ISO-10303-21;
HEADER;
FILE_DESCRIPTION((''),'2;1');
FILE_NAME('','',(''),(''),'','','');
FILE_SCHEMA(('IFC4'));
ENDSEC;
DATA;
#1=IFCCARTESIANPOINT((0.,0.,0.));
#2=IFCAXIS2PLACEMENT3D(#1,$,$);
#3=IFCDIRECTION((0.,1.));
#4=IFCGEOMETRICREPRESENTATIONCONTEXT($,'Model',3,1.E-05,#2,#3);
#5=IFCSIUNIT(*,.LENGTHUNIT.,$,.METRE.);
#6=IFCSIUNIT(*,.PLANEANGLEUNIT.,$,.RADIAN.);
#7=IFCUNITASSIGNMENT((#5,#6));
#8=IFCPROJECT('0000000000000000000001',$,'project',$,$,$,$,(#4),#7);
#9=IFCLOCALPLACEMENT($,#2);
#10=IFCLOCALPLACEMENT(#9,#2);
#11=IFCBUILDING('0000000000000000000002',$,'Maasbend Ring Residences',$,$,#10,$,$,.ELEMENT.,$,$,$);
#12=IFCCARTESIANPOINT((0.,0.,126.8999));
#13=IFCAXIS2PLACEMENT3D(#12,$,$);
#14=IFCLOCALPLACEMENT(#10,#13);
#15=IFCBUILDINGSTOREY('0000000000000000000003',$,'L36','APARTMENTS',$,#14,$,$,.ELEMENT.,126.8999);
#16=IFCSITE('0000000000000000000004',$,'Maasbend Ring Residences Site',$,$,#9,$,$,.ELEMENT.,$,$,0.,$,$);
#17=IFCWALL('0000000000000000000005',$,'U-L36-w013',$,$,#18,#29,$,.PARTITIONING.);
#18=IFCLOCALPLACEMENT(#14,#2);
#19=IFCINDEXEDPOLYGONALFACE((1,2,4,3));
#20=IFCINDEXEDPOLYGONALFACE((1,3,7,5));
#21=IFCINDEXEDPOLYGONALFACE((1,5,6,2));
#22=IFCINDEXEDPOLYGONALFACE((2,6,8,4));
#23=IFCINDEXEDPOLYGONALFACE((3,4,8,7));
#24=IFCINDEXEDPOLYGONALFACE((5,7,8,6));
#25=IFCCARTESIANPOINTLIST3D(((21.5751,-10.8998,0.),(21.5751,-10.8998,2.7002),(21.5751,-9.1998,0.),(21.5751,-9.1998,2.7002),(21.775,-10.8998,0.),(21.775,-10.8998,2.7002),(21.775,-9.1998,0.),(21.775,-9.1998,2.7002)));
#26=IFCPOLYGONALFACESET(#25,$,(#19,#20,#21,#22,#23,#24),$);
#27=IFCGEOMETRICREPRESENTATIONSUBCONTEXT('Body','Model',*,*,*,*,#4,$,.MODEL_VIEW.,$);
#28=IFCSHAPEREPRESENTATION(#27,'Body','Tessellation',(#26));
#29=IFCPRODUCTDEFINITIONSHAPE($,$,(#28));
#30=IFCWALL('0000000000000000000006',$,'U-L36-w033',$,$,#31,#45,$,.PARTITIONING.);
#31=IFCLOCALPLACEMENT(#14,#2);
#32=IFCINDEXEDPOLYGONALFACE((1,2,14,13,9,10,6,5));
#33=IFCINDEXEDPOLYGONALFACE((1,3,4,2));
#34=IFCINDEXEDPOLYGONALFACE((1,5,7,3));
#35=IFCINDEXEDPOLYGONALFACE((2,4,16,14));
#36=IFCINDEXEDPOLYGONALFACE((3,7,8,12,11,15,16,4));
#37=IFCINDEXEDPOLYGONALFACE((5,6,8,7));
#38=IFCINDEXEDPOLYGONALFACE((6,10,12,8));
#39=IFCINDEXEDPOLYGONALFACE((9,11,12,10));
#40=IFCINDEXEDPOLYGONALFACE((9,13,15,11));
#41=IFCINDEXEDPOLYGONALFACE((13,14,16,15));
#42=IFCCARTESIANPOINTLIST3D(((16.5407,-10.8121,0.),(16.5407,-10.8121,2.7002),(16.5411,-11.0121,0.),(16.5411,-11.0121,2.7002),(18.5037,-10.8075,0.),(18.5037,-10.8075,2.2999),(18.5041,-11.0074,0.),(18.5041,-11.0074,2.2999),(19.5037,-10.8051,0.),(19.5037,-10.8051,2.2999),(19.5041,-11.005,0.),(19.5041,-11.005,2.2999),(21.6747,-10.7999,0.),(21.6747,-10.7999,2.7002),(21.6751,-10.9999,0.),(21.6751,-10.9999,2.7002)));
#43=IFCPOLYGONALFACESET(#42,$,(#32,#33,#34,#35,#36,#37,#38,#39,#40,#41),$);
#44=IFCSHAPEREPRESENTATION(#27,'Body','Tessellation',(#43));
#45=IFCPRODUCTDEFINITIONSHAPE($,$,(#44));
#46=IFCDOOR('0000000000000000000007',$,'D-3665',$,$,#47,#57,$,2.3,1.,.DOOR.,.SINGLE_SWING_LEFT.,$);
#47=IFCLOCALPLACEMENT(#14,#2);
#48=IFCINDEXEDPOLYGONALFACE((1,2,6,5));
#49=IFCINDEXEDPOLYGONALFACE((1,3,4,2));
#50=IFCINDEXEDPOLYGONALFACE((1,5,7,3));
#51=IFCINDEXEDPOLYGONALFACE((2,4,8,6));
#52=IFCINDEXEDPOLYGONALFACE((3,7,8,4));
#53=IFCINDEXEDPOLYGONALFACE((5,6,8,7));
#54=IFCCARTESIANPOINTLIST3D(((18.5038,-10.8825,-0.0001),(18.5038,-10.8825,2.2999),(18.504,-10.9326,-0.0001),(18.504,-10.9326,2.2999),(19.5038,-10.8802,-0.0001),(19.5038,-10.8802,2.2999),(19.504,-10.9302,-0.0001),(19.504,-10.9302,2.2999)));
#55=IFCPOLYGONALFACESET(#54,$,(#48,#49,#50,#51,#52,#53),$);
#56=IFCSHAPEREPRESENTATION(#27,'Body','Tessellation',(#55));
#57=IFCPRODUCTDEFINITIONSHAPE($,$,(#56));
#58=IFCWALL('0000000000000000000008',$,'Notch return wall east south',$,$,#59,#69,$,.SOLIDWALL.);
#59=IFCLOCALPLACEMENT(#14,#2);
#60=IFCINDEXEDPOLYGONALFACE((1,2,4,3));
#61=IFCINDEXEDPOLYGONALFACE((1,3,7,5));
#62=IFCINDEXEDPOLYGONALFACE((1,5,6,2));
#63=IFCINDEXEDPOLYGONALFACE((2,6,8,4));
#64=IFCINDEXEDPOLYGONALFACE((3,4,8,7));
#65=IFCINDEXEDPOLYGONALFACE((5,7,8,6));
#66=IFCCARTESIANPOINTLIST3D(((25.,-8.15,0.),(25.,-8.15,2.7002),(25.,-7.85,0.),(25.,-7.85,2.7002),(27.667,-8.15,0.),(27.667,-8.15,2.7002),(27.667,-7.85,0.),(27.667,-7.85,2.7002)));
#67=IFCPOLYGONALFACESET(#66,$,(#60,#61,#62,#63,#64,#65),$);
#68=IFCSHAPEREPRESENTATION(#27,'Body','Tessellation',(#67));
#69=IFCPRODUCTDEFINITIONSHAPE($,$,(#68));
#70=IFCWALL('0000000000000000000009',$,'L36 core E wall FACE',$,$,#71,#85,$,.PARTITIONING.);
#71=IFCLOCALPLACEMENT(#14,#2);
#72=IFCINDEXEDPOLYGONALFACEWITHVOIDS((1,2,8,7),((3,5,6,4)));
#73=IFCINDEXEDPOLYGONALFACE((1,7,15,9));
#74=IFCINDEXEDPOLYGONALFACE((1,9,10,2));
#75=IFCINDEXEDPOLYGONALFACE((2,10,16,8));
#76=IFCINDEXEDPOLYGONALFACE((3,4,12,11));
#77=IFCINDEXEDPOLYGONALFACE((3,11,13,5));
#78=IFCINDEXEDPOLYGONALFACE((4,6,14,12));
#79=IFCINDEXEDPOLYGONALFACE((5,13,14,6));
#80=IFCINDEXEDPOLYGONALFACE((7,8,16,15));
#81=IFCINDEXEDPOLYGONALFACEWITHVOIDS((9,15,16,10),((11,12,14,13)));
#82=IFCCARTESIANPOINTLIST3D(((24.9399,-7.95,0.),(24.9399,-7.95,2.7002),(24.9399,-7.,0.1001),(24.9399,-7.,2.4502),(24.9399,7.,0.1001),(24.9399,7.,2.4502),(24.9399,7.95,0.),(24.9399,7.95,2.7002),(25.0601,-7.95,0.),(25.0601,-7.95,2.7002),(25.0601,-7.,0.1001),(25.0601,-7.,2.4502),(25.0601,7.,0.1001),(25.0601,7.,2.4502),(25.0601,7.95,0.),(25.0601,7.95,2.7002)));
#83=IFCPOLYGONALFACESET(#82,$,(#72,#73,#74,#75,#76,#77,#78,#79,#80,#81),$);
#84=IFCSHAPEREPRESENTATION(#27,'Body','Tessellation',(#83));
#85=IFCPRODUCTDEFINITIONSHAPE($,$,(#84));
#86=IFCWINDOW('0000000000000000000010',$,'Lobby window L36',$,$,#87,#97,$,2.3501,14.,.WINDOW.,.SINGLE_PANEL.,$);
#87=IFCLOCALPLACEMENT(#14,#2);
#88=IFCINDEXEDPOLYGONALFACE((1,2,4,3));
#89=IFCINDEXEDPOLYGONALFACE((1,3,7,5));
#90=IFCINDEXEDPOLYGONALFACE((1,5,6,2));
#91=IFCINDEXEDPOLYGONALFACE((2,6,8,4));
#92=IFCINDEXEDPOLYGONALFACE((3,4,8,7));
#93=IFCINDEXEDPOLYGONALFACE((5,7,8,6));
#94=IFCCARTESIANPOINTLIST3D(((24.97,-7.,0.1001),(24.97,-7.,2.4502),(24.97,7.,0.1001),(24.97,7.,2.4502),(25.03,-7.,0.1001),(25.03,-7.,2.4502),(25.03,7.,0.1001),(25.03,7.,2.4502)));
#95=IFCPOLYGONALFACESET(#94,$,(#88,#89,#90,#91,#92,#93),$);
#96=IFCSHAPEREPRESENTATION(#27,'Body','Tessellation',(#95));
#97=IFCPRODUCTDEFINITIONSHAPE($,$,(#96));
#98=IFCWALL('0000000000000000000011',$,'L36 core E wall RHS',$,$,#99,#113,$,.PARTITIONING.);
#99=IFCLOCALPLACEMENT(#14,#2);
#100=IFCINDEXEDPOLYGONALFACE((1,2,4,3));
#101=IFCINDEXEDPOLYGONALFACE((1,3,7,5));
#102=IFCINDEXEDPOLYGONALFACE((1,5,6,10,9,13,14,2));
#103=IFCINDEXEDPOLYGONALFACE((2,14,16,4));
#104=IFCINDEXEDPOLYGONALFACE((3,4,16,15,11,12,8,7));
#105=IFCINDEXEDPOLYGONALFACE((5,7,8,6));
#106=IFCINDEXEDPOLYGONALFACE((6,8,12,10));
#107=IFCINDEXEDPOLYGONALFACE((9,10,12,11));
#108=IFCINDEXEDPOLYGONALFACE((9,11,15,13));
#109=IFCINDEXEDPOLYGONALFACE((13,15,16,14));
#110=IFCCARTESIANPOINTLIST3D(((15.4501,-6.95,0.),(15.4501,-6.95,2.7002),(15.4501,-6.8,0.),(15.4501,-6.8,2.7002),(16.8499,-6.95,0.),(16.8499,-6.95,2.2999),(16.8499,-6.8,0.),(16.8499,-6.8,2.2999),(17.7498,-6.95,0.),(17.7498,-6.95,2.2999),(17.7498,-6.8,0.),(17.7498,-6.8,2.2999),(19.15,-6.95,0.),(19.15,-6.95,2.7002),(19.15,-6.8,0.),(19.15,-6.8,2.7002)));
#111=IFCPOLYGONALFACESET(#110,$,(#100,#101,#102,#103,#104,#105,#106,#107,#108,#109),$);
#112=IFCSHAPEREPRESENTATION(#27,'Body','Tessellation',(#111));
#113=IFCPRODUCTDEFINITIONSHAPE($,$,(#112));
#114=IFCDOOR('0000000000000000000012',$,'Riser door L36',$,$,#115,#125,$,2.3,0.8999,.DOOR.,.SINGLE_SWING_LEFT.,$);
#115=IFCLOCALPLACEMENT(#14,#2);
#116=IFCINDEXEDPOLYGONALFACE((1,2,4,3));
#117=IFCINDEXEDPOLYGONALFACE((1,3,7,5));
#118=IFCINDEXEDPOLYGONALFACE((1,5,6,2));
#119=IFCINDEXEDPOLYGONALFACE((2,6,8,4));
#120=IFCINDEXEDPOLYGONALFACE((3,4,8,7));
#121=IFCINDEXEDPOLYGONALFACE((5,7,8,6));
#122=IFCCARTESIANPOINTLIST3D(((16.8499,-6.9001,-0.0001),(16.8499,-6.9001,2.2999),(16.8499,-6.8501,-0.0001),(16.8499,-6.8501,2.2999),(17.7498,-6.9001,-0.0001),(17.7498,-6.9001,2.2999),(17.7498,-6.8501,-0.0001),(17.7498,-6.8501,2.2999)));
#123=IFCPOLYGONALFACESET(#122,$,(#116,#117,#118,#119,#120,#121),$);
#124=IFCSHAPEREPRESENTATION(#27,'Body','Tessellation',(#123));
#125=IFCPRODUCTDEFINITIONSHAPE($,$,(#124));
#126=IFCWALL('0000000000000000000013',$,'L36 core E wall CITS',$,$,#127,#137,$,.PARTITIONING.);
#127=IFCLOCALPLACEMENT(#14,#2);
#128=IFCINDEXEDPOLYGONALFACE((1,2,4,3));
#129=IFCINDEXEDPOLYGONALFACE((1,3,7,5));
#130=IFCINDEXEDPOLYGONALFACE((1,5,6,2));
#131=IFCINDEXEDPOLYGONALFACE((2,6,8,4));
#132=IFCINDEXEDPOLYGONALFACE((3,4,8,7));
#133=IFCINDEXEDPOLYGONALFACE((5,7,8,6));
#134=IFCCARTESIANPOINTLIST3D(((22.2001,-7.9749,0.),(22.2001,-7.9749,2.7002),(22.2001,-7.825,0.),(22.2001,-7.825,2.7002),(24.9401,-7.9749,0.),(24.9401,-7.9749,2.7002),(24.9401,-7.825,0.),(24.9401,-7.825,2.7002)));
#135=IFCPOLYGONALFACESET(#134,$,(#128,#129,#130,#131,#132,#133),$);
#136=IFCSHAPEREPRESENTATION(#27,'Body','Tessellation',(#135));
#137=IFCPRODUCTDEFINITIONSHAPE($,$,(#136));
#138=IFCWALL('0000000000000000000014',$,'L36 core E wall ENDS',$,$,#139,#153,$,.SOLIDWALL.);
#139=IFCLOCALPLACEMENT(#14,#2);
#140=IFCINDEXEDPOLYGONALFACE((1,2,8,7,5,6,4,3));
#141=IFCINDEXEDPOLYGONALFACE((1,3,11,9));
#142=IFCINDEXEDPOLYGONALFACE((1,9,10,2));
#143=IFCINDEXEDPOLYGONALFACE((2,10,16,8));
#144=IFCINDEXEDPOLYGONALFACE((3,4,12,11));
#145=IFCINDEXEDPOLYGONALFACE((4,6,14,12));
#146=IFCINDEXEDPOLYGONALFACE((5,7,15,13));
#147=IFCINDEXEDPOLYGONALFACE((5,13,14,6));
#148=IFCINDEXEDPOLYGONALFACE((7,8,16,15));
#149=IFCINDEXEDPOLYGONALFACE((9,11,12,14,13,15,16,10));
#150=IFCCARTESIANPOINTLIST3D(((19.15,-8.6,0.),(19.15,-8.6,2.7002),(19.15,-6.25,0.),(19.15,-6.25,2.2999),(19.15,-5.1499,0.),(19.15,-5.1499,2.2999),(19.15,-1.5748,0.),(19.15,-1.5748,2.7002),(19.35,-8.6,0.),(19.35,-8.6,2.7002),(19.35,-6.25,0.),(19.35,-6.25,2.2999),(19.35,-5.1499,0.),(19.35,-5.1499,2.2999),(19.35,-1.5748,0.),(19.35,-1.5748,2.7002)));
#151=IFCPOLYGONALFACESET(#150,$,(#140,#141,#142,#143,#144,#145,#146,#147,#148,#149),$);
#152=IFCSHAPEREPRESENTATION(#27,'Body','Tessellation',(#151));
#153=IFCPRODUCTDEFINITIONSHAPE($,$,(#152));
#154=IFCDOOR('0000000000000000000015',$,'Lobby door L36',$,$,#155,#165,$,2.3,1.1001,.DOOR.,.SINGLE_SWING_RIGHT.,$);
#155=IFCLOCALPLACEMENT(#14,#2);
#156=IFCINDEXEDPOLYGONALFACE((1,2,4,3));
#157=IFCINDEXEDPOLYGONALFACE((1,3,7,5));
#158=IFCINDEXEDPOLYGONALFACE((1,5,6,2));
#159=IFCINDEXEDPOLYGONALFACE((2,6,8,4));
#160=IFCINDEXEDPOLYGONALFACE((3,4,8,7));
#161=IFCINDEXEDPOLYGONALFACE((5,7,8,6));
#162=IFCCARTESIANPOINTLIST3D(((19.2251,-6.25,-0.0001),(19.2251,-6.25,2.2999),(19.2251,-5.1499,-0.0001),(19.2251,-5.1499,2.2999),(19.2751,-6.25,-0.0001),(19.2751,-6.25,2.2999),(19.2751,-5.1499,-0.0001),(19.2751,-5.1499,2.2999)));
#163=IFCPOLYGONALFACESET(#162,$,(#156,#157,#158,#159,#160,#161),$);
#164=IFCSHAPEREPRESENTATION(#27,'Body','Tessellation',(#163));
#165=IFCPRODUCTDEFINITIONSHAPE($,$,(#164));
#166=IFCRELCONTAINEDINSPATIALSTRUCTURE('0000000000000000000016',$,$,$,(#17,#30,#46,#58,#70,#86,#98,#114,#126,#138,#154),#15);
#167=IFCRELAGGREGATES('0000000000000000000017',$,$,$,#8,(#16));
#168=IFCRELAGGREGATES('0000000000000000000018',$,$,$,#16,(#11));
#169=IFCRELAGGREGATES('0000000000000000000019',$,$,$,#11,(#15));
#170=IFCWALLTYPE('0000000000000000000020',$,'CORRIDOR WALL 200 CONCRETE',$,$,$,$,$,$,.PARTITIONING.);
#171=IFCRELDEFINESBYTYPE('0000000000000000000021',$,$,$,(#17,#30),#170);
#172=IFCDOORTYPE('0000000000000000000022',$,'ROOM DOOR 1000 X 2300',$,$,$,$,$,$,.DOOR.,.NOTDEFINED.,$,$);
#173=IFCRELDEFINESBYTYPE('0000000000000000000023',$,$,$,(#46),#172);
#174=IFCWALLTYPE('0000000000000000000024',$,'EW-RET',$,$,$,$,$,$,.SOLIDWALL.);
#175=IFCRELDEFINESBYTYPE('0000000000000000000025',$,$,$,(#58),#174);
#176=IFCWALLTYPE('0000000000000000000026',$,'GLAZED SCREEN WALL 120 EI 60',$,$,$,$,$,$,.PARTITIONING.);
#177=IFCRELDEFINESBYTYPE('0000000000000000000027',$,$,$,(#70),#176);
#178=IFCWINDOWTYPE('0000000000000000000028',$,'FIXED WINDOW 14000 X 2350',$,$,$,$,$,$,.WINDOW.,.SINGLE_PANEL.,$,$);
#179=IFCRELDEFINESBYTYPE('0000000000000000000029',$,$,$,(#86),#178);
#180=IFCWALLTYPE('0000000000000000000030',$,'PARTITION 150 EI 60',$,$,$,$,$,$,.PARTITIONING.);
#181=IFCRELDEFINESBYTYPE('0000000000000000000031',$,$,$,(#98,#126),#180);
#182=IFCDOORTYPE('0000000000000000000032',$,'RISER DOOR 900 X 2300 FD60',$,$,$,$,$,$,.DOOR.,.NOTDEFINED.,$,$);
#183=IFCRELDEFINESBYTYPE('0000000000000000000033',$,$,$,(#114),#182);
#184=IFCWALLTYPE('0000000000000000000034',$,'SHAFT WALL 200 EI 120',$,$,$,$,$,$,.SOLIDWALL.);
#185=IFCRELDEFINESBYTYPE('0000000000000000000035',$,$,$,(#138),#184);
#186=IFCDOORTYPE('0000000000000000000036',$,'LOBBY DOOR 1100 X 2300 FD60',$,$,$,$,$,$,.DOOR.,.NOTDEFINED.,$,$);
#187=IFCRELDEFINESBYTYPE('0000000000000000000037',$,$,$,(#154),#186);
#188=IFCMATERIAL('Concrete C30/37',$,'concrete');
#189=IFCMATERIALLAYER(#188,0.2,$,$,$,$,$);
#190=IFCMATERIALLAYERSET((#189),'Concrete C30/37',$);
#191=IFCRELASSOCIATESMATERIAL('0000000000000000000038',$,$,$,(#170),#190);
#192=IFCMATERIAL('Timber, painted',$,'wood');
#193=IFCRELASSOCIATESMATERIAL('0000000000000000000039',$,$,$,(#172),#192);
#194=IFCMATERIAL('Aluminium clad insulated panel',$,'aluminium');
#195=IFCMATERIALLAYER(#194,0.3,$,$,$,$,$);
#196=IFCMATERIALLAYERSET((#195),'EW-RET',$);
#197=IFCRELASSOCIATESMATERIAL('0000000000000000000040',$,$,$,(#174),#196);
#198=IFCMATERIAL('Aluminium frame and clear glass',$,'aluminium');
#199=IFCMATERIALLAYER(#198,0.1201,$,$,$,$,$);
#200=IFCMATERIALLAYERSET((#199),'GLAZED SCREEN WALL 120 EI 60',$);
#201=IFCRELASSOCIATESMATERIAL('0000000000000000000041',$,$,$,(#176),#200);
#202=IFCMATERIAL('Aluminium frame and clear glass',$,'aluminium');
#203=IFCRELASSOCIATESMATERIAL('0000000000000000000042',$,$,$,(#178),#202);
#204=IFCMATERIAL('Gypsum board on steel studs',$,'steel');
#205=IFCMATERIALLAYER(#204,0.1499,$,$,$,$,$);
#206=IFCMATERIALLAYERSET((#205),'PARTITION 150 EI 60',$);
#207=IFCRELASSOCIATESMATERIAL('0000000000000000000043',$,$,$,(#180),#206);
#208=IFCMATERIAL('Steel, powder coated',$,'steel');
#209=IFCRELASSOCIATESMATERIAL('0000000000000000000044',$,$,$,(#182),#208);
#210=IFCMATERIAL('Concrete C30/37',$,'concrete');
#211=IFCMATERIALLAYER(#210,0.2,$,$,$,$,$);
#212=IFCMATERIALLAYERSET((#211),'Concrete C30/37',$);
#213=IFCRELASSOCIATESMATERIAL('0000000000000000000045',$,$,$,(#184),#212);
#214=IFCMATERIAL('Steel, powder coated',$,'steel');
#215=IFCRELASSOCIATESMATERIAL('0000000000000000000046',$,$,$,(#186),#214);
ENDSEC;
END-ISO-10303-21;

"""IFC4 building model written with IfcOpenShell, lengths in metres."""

from ifc_helpers import new_model, si_unit, direction, frame, frame_2d, origin, place, context, subcontext, project, spatial, rectangle, extrude, material, layer, layer_set, type_object, element, fill, save


model = new_model("IFC4")

# Units and contexts
model_context = context("Model", 3, precision=1e-05, world=origin(), true_north=direction((0.0, 1.0)))
body_context = subcontext(model_context, "Body", "Model", "MODEL_VIEW")
ifc_project = project(units=[si_unit("LENGTHUNIT", "METRE"), si_unit("PLANEANGLEUNIT", "RADIAN")], contexts=[model_context])

# Site, building, storey
site_placement = place(None, origin())
site = spatial("IfcSite", under=ifc_project, at=site_placement, Name="Maasbend Ring Residences Site", CompositionType="ELEMENT", RefElevation=0.0)
building_placement = place(site_placement, origin())
building = spatial("IfcBuilding", under=site, at=building_placement, Name="Maasbend Ring Residences", CompositionType="ELEMENT")
storey_placement = place(building_placement, frame((0.0, 0.0, 126.8999)))
storey = spatial("IfcBuildingStorey", under=building, at=storey_placement, Name="L36", Description="APARTMENTS", CompositionType="ELEMENT", Elevation=126.8999)

# Wall
ifc_material_1 = material(Name="Concrete C30/37", Category="concrete")
ifc_layer_1 = layer(ifc_material_1, 0.2)
ifc_layer_set_1 = layer_set([ifc_layer_1], Name="Concrete C30/37")
wall_type_1 = type_object("IfcWallType", Name="CORRIDOR WALL 200 CONCRETE", PredefinedType="PARTITIONING", material=ifc_layer_set_1)
wall_1_placement = place(storey_placement, frame((21.675, -10.8999, 0.0), z_axis=(0.0, 0.0, 1.0), x_axis=(0.0, 1.0, 0.0)))
element("IfcWall", 1, at=wall_1_placement, inside=storey, type_object=wall_type_1, Name="U-L36-w013", PredefinedType="PARTITIONING", context=body_context, shape_type="SweptSolid", body=[
    extrude(rectangle(XDim=1.7, YDim=0.2, at=frame_2d((0.8501, 0.0))), origin(), (0.0, 0.0, 1.0), 2.7002),
])

# Wall, opening, door
wall_2_placement = place(storey_placement, frame((16.541, -10.9121, 0.0), z_axis=(0.0, 0.0, 1.0), x_axis=(0.999997, 0.002378, 0.0)))
wall_2 = element("IfcWall", 2, at=wall_2_placement, inside=storey, type_object=wall_type_1, Name="U-L36-w033", PredefinedType="PARTITIONING", context=body_context, shape_type="SweptSolid", body=[
    extrude(rectangle(XDim=5.134, YDim=0.2, at=frame_2d((2.5669, 0.0))), origin(), (0.0, 0.0, 1.0), 2.7002),
])
opening_1_placement = place(wall_2_placement, frame((1.9629, 0.0, 0.0)))
opening_1 = element("IfcOpeningElement", 3, at=opening_1_placement, cuts=wall_2, PredefinedType="OPENING", context=body_context, shape_type="SweptSolid", body=[
    extrude(rectangle(XDim=1.0, YDim=2.3, at=frame_2d((0.5, 1.1499))), frame((0.0, 0.1099, 0.0), z_axis=(0.0, -1.0, 0.0), x_axis=(1.0, 0.0, 0.0)), (0.0, 0.0, 1.0), 0.22),
])
ifc_material_2 = material(Name="Timber, painted", Category="wood")
door_type_1 = type_object("IfcDoorType", Name="ROOM DOOR 1000 X 2300", OperationType="NOTDEFINED", PredefinedType="DOOR", material=ifc_material_2)
door_1_placement = place(opening_1_placement, origin())
door_1 = element("IfcDoor", 4, at=door_1_placement, inside=storey, type_object=door_type_1, Name="D-3665", OperationType="SINGLE_SWING_LEFT", OverallHeight=2.3, OverallWidth=1.0, PredefinedType="DOOR", context=body_context, shape_type="SweptSolid", body=[
    extrude(rectangle(XDim=1.0, YDim=2.3, at=frame_2d((0.5, 1.1499))), frame((0.0, 0.0249, 0.0), z_axis=(0.0, -1.0, 0.0), x_axis=(1.0, 0.0, 0.0)), (0.0, 0.0, 1.0), 0.05),
])
fill(opening_1, door_1)

# Wall
ifc_material_3 = material(Name="Aluminium clad insulated panel", Category="aluminium")
ifc_layer_2 = layer(ifc_material_3, 0.3)
ifc_layer_set_2 = layer_set([ifc_layer_2], Name="EW-RET")
wall_type_2 = type_object("IfcWallType", Name="EW-RET", PredefinedType="SOLIDWALL", material=ifc_layer_set_2)
wall_3_placement = place(storey_placement, frame((25.0, -8.0, 0.0), z_axis=(0.0, 0.0, 1.0), x_axis=(1.0, 0.0, 0.0)))
element("IfcWall", 5, at=wall_3_placement, inside=storey, type_object=wall_type_2, Name="Notch return wall east south", PredefinedType="SOLIDWALL", context=body_context, shape_type="SweptSolid", body=[
    extrude(rectangle(XDim=2.667, YDim=0.3, at=frame_2d((1.3335, 0.0))), origin(), (0.0, 0.0, 1.0), 2.7002),
])

# Wall, opening, window
ifc_material_4 = material(Name="Aluminium frame and clear glass", Category="aluminium")
ifc_layer_3 = layer(ifc_material_4, 0.1201)
ifc_layer_set_3 = layer_set([ifc_layer_3], Name="GLAZED SCREEN WALL 120 EI 60")
wall_type_3 = type_object("IfcWallType", Name="GLAZED SCREEN WALL 120 EI 60", PredefinedType="PARTITIONING", material=ifc_layer_set_3)
wall_4_placement = place(storey_placement, frame((25.0, -7.95, 0.0), z_axis=(0.0, 0.0, 1.0), x_axis=(0.0, 1.0, 0.0)))
wall_4 = element("IfcWall", 6, at=wall_4_placement, inside=storey, type_object=wall_type_3, Name="L36 core E wall FACE", PredefinedType="PARTITIONING", context=body_context, shape_type="SweptSolid", body=[
    extrude(rectangle(XDim=15.8999, YDim=0.1201, at=frame_2d((7.95, 0.0))), origin(), (0.0, 0.0, 1.0), 2.7002),
])
opening_2_placement = place(wall_4_placement, frame((0.95, 0.0, 0.1001)))
opening_2 = element("IfcOpeningElement", 7, at=opening_2_placement, cuts=wall_4, PredefinedType="OPENING", context=body_context, shape_type="SweptSolid", body=[
    extrude(rectangle(XDim=14.0, YDim=2.3501, at=frame_2d((7.0, 1.175))), frame((0.0, 0.0701, 0.0), z_axis=(0.0, -1.0, 0.0), x_axis=(1.0, 0.0, 0.0)), (0.0, 0.0, 1.0), 0.1401),
])
ifc_material_5 = material(Name="Aluminium frame and clear glass", Category="aluminium")
window_type = type_object("IfcWindowType", Name="FIXED WINDOW 14000 X 2350", PartitioningType="SINGLE_PANEL", PredefinedType="WINDOW", material=ifc_material_5)
window_placement = place(opening_2_placement, origin())
window = element("IfcWindow", 8, at=window_placement, inside=storey, type_object=window_type, Name="Lobby window L36", OverallHeight=2.3501, OverallWidth=14.0, PartitioningType="SINGLE_PANEL", PredefinedType="WINDOW", context=body_context, shape_type="SweptSolid", body=[
    extrude(rectangle(XDim=14.0, YDim=2.3501, at=frame_2d((7.0, 1.175))), frame((0.0, 0.03, 0.0), z_axis=(0.0, -1.0, 0.0), x_axis=(1.0, 0.0, 0.0)), (0.0, 0.0, 1.0), 0.0601),
])
fill(opening_2, window)

# Wall, opening, door
ifc_material_6 = material(Name="Gypsum board on steel studs", Category="steel")
ifc_layer_4 = layer(ifc_material_6, 0.1499)
ifc_layer_set_4 = layer_set([ifc_layer_4], Name="PARTITION 150 EI 60")
wall_type_4 = type_object("IfcWallType", Name="PARTITION 150 EI 60", PredefinedType="PARTITIONING", material=ifc_layer_set_4)
wall_5_placement = place(storey_placement, frame((15.45, -6.875, 0.0), z_axis=(0.0, 0.0, 1.0), x_axis=(1.0, 0.0, 0.0)))
wall_5 = element("IfcWall", 9, at=wall_5_placement, inside=storey, type_object=wall_type_4, Name="L36 core E wall RHS", PredefinedType="PARTITIONING", context=body_context, shape_type="SweptSolid", body=[
    extrude(rectangle(XDim=3.7, YDim=0.1499, at=frame_2d((1.8501, 0.0))), origin(), (0.0, 0.0, 1.0), 2.7002),
])
opening_3_placement = place(wall_5_placement, frame((1.3999, 0.0, 0.0)))
opening_3 = element("IfcOpeningElement", 10, at=opening_3_placement, cuts=wall_5, PredefinedType="OPENING", context=body_context, shape_type="SweptSolid", body=[
    extrude(rectangle(XDim=0.8999, YDim=2.3, at=frame_2d((0.45, 1.1499))), frame((0.0, 0.085, 0.0), z_axis=(0.0, -1.0, 0.0), x_axis=(1.0, 0.0, 0.0)), (0.0, 0.0, 1.0), 0.1699),
])
ifc_material_7 = material(Name="Steel, powder coated", Category="steel")
door_type_2 = type_object("IfcDoorType", Name="RISER DOOR 900 X 2300 FD60", OperationType="NOTDEFINED", PredefinedType="DOOR", material=ifc_material_7)
door_2_placement = place(opening_3_placement, origin())
door_2 = element("IfcDoor", 11, at=door_2_placement, inside=storey, type_object=door_type_2, Name="Riser door L36", OperationType="SINGLE_SWING_LEFT", OverallHeight=2.3, OverallWidth=0.8999, PredefinedType="DOOR", context=body_context, shape_type="SweptSolid", body=[
    extrude(rectangle(XDim=0.8999, YDim=2.3, at=frame_2d((0.45, 1.1499))), frame((0.0, 0.0249, 0.0), z_axis=(0.0, -1.0, 0.0), x_axis=(1.0, 0.0, 0.0)), (0.0, 0.0, 1.0), 0.05),
])
fill(opening_3, door_2)

# Wall
wall_6_placement = place(storey_placement, frame((22.2, -7.8999, 0.0), z_axis=(0.0, 0.0, 1.0), x_axis=(1.0, 0.0, 0.0)))
element("IfcWall", 12, at=wall_6_placement, inside=storey, type_object=wall_type_4, Name="L36 core E wall CITS", PredefinedType="PARTITIONING", context=body_context, shape_type="SweptSolid", body=[
    extrude(rectangle(XDim=2.74, YDim=0.1499, at=frame_2d((1.3701, 0.0))), origin(), (0.0, 0.0, 1.0), 2.7002),
])

# Wall, opening, door
ifc_material_8 = material(Name="Concrete C30/37", Category="concrete")
ifc_layer_5 = layer(ifc_material_8, 0.2)
ifc_layer_set_5 = layer_set([ifc_layer_5], Name="Concrete C30/37")
wall_type_5 = type_object("IfcWallType", Name="SHAFT WALL 200 EI 120", PredefinedType="SOLIDWALL", material=ifc_layer_set_5)
wall_7_placement = place(storey_placement, frame((19.25, -8.6001, 0.0), z_axis=(0.0, 0.0, 1.0), x_axis=(0.0, 1.0, 0.0)))
wall_7 = element("IfcWall", 13, at=wall_7_placement, inside=storey, type_object=wall_type_5, Name="L36 core E wall ENDS", PredefinedType="SOLIDWALL", context=body_context, shape_type="SweptSolid", body=[
    extrude(rectangle(XDim=7.0251, YDim=0.2, at=frame_2d((3.5127, 0.0))), origin(), (0.0, 0.0, 1.0), 2.7002),
])
opening_4_placement = place(wall_7_placement, frame((2.3501, 0.0, 0.0)))
opening_4 = element("IfcOpeningElement", 14, at=opening_4_placement, cuts=wall_7, PredefinedType="OPENING", context=body_context, shape_type="SweptSolid", body=[
    extrude(rectangle(XDim=1.1001, YDim=2.3, at=frame_2d((0.55, 1.1499))), frame((0.0, 0.1099, 0.0), z_axis=(0.0, -1.0, 0.0), x_axis=(1.0, 0.0, 0.0)), (0.0, 0.0, 1.0), 0.22),
])
ifc_material_9 = material(Name="Steel, powder coated", Category="steel")
door_type_3 = type_object("IfcDoorType", Name="LOBBY DOOR 1100 X 2300 FD60", OperationType="NOTDEFINED", PredefinedType="DOOR", material=ifc_material_9)
door_3_placement = place(opening_4_placement, origin())
door_3 = element("IfcDoor", 15, at=door_3_placement, inside=storey, type_object=door_type_3, Name="Lobby door L36", OperationType="SINGLE_SWING_RIGHT", OverallHeight=2.3, OverallWidth=1.1001, PredefinedType="DOOR", context=body_context, shape_type="SweptSolid", body=[
    extrude(rectangle(XDim=1.1001, YDim=2.3, at=frame_2d((0.55, 1.1499))), frame((0.0, 0.0249, 0.0), z_axis=(0.0, -1.0, 0.0), x_axis=(1.0, 0.0, 0.0)), (0.0, 0.0, 1.0), 0.05),
])
fill(opening_4, door_3)

save(model, "model.ifc")
